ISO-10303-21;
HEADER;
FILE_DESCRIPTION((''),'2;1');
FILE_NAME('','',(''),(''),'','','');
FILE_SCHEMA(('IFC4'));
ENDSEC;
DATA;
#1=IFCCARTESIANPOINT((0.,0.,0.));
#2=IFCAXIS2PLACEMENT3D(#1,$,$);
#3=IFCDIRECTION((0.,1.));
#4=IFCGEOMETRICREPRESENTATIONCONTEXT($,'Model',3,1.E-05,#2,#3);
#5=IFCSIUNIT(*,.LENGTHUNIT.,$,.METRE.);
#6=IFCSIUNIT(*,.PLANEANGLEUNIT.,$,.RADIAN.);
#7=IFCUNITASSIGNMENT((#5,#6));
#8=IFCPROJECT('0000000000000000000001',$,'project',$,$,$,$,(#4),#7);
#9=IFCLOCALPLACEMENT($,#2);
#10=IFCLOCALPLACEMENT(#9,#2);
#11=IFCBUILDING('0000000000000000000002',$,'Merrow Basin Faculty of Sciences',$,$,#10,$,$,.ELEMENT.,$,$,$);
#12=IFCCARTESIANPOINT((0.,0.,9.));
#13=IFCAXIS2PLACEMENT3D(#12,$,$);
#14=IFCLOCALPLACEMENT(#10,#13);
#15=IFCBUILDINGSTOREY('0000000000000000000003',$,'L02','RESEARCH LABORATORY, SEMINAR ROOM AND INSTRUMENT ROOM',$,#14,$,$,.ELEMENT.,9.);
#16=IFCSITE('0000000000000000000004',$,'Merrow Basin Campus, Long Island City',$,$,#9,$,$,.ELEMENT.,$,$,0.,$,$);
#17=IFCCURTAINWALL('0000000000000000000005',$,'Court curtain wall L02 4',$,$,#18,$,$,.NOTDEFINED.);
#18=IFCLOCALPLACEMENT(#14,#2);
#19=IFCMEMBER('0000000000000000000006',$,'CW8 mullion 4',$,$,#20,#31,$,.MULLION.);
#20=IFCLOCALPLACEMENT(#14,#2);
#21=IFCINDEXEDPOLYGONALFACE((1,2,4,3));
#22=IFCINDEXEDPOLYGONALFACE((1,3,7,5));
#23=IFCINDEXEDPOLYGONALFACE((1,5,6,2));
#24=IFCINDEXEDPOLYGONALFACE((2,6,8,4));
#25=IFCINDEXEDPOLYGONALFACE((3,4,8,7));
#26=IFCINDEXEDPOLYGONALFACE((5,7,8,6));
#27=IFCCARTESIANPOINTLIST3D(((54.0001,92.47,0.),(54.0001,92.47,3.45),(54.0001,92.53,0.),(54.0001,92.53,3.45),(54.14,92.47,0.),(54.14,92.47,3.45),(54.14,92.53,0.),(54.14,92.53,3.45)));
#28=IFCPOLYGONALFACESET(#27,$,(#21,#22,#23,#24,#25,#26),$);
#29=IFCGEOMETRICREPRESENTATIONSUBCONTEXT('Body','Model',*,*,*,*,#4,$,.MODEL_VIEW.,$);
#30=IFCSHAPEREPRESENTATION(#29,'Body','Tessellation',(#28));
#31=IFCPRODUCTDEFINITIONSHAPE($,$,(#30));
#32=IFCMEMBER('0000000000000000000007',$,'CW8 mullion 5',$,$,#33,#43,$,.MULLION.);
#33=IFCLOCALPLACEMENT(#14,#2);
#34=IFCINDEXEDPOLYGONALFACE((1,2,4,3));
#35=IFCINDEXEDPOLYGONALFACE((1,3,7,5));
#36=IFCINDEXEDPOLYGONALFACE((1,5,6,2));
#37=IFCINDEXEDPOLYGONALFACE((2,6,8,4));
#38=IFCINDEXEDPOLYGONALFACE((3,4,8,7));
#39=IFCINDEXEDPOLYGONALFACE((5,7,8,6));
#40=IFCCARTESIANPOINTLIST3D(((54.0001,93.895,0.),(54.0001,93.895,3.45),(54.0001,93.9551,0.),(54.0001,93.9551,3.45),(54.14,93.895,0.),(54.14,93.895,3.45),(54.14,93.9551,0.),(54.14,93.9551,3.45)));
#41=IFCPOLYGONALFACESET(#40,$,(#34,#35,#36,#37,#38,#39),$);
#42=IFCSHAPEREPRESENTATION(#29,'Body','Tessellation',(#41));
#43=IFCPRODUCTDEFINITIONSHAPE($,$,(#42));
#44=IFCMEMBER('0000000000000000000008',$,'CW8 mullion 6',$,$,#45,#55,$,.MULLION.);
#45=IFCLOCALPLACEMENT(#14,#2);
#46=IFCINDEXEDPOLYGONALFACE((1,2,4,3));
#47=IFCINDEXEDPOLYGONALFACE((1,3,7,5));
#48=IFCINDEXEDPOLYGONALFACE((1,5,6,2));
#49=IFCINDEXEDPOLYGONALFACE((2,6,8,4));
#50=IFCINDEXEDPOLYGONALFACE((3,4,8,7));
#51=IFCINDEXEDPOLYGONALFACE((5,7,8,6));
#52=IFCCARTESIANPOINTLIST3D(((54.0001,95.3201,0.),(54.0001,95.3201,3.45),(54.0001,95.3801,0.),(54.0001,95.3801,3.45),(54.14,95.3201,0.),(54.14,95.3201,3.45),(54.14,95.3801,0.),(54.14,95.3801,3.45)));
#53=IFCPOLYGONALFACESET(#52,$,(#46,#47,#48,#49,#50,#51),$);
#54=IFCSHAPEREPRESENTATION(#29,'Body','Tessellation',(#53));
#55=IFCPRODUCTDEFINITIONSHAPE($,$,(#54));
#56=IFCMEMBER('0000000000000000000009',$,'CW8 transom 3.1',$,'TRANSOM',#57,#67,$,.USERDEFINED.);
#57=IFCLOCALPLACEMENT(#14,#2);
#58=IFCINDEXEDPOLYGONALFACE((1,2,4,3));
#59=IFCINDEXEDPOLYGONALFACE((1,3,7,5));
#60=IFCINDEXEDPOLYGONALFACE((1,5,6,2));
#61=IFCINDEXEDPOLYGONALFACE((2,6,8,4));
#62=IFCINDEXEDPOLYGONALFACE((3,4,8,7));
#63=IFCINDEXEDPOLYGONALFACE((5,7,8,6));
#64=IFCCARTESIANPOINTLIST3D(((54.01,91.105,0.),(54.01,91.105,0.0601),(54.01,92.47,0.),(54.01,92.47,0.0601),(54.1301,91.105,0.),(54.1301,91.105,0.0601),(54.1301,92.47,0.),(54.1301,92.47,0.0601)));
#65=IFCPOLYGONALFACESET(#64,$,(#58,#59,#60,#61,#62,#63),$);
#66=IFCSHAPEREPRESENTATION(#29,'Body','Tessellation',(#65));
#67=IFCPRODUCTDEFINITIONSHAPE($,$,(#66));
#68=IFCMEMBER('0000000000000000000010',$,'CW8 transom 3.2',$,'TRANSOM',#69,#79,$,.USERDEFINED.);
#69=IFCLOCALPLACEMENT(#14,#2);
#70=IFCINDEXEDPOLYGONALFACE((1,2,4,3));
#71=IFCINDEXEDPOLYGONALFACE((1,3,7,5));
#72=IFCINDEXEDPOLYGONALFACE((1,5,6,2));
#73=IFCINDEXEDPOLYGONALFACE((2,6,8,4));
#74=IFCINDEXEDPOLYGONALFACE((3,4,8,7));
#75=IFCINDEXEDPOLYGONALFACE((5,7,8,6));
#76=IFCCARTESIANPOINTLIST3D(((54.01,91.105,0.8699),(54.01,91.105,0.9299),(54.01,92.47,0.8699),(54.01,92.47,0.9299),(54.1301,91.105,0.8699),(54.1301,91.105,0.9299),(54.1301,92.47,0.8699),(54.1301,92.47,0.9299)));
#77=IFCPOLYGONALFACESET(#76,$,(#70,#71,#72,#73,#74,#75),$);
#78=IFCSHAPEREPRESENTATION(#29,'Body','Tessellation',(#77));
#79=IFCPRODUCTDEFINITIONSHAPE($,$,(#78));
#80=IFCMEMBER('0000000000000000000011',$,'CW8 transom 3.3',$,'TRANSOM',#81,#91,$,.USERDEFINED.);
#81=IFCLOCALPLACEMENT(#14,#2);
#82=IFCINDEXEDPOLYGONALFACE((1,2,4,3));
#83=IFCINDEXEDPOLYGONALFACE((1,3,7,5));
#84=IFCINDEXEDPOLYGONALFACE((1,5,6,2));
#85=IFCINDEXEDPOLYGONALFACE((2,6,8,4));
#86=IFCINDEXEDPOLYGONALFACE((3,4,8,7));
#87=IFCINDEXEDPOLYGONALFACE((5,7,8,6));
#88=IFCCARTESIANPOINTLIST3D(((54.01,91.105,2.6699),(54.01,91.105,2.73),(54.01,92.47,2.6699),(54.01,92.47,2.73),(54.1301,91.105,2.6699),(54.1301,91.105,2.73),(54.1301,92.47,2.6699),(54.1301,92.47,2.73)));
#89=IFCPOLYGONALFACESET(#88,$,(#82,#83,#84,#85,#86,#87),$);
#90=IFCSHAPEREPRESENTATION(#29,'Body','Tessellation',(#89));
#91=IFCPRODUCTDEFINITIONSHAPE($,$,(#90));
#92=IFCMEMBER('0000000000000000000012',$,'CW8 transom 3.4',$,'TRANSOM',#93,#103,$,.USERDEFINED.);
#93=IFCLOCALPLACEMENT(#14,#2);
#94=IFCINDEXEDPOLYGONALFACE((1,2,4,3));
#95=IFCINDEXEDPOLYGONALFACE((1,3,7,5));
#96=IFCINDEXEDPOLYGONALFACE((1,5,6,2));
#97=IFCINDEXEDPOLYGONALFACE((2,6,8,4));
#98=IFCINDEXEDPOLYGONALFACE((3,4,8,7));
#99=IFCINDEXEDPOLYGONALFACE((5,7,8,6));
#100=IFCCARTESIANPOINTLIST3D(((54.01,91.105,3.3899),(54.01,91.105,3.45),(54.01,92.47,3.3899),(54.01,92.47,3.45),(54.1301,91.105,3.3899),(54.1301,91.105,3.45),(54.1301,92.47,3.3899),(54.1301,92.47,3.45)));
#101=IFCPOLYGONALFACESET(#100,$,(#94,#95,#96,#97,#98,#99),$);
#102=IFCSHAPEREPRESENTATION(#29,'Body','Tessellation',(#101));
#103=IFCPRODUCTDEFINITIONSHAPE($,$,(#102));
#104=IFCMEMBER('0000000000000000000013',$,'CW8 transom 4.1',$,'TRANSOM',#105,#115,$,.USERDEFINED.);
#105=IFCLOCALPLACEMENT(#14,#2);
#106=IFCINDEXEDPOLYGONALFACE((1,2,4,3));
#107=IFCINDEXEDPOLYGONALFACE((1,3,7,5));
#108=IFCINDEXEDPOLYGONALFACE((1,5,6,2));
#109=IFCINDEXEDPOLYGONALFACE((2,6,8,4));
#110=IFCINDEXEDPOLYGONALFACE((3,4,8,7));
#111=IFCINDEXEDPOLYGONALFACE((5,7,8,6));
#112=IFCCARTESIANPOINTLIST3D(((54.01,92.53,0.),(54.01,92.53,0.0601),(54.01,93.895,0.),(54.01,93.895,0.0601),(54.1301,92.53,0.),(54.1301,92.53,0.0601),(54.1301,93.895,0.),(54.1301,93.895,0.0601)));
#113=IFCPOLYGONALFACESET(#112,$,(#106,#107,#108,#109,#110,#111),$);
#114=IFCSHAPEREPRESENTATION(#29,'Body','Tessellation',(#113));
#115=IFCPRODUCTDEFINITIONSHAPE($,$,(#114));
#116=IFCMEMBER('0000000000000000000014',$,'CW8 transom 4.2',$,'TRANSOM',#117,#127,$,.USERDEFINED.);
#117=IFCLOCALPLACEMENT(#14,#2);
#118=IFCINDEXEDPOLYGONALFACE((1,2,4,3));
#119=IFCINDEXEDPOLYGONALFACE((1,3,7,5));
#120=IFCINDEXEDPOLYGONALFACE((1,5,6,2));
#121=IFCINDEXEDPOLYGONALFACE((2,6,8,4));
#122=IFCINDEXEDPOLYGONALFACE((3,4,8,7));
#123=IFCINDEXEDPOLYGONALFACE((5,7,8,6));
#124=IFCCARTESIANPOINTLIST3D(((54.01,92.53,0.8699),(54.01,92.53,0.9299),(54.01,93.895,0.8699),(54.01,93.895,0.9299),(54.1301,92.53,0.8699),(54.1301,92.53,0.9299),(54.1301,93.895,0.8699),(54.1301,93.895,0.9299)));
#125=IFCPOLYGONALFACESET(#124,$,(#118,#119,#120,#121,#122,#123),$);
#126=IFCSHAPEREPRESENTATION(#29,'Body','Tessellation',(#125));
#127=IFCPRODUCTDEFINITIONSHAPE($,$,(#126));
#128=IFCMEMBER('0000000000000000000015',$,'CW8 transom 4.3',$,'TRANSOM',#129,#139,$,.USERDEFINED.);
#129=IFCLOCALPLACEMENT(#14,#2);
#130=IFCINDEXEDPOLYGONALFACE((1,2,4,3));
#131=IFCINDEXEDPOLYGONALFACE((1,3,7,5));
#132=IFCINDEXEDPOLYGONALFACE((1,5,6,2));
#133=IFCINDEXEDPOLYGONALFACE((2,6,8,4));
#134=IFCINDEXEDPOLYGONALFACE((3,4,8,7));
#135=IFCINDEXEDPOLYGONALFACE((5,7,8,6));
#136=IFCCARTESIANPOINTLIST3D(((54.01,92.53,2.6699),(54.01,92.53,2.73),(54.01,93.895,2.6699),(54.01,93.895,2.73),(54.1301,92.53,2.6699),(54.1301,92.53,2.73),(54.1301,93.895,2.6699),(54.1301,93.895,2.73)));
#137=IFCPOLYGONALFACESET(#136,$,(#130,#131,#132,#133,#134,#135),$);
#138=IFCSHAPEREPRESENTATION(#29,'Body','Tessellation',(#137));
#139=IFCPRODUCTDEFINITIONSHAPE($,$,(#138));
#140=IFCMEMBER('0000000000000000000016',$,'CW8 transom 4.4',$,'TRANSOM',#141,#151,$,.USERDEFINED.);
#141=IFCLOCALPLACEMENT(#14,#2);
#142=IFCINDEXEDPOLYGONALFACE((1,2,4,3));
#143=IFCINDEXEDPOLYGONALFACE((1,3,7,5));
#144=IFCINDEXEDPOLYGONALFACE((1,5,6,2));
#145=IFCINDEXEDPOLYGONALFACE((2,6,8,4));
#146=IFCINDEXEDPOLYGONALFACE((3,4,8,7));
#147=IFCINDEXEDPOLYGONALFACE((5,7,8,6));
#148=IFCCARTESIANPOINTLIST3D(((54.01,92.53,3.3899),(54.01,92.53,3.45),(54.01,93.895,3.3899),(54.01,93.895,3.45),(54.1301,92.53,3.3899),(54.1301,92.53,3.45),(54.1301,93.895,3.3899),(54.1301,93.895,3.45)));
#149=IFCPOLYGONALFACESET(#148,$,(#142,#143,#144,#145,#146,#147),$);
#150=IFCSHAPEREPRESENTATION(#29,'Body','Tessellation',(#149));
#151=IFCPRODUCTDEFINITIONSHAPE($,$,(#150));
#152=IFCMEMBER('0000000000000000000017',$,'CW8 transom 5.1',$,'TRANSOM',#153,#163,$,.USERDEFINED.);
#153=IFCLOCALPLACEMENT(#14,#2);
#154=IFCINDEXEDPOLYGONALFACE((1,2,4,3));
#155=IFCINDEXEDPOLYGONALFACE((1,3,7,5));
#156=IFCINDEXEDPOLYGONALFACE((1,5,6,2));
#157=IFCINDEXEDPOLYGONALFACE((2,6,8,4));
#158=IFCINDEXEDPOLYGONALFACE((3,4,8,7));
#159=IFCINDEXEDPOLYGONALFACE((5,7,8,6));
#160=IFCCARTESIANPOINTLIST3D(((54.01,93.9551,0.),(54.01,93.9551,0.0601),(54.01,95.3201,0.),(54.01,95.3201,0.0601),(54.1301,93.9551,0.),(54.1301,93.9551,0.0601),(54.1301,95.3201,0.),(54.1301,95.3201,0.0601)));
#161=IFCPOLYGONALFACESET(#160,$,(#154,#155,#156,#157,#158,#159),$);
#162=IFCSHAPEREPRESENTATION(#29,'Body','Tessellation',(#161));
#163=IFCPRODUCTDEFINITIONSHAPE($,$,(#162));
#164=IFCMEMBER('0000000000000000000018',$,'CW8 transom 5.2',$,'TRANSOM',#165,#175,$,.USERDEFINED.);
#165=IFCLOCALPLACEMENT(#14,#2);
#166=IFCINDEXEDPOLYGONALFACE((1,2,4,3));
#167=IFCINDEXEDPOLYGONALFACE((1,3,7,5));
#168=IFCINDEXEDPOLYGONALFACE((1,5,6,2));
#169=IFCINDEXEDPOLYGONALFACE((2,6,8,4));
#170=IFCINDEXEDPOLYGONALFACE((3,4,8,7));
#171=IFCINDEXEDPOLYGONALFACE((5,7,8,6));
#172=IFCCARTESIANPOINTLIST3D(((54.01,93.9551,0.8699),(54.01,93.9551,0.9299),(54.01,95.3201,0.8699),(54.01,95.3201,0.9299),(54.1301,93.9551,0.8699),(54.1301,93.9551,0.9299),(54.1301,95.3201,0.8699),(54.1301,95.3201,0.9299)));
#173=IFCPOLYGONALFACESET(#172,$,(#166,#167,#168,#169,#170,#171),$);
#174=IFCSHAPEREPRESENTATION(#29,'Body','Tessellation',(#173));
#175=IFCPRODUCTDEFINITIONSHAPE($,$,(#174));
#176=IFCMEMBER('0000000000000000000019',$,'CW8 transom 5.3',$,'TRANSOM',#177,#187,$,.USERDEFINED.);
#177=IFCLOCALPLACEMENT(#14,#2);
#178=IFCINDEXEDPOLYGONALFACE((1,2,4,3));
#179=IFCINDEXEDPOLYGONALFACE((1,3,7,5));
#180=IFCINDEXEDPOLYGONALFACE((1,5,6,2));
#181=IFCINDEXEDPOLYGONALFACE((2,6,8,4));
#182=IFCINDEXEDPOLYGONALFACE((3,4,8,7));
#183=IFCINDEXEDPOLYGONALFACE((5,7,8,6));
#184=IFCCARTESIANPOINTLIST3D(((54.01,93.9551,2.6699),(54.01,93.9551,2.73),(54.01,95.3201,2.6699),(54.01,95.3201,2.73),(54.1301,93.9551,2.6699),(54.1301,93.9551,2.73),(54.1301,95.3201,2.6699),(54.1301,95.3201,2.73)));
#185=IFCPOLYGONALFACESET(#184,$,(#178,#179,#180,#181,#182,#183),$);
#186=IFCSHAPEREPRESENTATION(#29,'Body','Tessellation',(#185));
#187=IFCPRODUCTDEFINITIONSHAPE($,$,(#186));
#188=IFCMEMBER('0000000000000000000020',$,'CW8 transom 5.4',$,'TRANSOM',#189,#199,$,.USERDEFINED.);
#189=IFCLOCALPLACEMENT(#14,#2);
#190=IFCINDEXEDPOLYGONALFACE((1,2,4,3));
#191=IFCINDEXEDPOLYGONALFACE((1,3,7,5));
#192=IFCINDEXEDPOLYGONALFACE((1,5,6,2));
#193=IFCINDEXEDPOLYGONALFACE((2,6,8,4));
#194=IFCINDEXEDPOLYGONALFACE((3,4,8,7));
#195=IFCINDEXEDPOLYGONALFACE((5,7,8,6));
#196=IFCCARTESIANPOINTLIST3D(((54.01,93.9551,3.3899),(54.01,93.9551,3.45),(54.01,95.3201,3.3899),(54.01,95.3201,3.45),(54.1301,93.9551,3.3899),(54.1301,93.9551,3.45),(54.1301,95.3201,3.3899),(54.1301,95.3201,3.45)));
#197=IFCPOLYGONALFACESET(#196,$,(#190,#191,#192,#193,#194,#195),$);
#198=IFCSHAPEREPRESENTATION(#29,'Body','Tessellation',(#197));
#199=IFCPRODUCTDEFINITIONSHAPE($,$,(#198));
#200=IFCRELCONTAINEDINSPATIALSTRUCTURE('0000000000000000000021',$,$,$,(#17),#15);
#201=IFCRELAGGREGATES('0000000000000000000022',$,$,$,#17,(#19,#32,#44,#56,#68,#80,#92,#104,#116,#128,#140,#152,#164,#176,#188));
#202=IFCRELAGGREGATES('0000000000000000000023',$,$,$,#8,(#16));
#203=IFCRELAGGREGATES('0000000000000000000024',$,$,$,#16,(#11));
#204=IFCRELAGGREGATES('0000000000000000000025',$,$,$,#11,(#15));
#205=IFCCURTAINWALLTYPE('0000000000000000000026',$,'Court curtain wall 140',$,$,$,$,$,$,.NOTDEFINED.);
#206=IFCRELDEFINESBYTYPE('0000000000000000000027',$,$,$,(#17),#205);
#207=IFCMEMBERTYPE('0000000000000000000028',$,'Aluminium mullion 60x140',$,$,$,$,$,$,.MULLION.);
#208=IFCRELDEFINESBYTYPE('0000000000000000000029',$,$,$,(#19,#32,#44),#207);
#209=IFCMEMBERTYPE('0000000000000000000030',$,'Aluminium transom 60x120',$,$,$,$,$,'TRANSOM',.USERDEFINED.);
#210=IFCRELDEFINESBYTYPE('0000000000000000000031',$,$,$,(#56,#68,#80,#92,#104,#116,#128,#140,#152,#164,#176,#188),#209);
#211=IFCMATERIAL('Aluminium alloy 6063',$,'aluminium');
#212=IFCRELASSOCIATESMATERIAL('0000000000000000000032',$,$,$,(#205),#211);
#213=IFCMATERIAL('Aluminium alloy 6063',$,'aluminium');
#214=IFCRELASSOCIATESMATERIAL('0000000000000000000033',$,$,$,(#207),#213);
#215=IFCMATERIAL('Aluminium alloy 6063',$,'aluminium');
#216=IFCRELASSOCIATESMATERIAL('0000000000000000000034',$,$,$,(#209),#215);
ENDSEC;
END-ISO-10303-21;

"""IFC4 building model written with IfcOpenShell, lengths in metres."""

from ifc_helpers import new_model, si_unit, direction, frame, origin, origin_2d, place, context, subcontext, project, spatial, rectangle, extrude, material, material_profile, profile_set, type_object, element, aggregate, save


model = new_model("IFC4")

# Units and contexts
model_context = context("Model", 3, precision=1e-05, world=origin(), true_north=direction((0.0, 1.0)))
body_context = subcontext(model_context, "Body", "Model", "MODEL_VIEW")
ifc_project = project(units=[si_unit("LENGTHUNIT", "METRE"), si_unit("PLANEANGLEUNIT", "RADIAN")], contexts=[model_context])

# Site, building, storey
site_placement = place(None, origin())
site = spatial("IfcSite", under=ifc_project, at=site_placement, Name="Merrow Basin Campus, Long Island City", CompositionType="ELEMENT", RefElevation=0.0)
building_placement = place(site_placement, origin())
building = spatial("IfcBuilding", under=site, at=building_placement, Name="Merrow Basin Faculty of Sciences", CompositionType="ELEMENT")
storey_placement = place(building_placement, frame((0.0, 0.0, 9.0)))
storey = spatial("IfcBuildingStorey", under=building, at=storey_placement, Name="L02", Description="RESEARCH LABORATORY, SEMINAR ROOM AND INSTRUMENT ROOM", CompositionType="ELEMENT", Elevation=9.0)

# Curtain wall, members
ifc_material_1 = material(Name="Aluminium alloy 6063", Category="aluminium")
curtain_wall_type = type_object("IfcCurtainWallType", Name="Court curtain wall 140", PredefinedType="NOTDEFINED", material=ifc_material_1)
curtain_wall_placement = place(storey_placement, origin())
curtain_wall = element("IfcCurtainWall", 1, at=curtain_wall_placement, inside=storey, type_object=curtain_wall_type, Name="Court curtain wall L02 4", PredefinedType="NOTDEFINED")
ifc_material_2 = material(Name="Aluminium alloy 6063", Category="aluminium")
ifc_material_profile_1 = material_profile(ifc_material_2, rectangle(XDim=0.1399, YDim=0.0601, at=origin_2d()))
ifc_profile_set_1 = profile_set([ifc_material_profile_1], Name="Aluminium alloy 6063")
member_type_1 = type_object("IfcMemberType", Name="Aluminium mullion 60x140", PredefinedType="MULLION", material=ifc_profile_set_1)
member_1_placement = place(storey_placement, frame((54.0701, 92.5, 0.0), z_axis=(0.0, 0.0, 1.0), x_axis=(-1.0, 0.0, 0.0)))
member_1 = element("IfcMember", 2, at=member_1_placement, type_object=member_type_1, Name="CW8 mullion 4", PredefinedType="MULLION", context=body_context, shape_type="SweptSolid", body=[
    extrude(rectangle(XDim=0.1399, YDim=0.0601, at=origin_2d()), origin(), (0.0, 0.0, 1.0), 3.45),
])
member_2_placement = place(storey_placement, frame((54.0701, 93.925, 0.0), z_axis=(0.0, 0.0, 1.0), x_axis=(-1.0, 0.0, 0.0)))
member_2 = element("IfcMember", 3, at=member_2_placement, type_object=member_type_1, Name="CW8 mullion 5", PredefinedType="MULLION", context=body_context, shape_type="SweptSolid", body=[
    extrude(rectangle(XDim=0.1399, YDim=0.0601, at=origin_2d()), origin(), (0.0, 0.0, 1.0), 3.45),
])
member_3_placement = place(storey_placement, frame((54.0701, 95.3501, 0.0), z_axis=(0.0, 0.0, 1.0), x_axis=(-1.0, 0.0, 0.0)))
member_3 = element("IfcMember", 4, at=member_3_placement, type_object=member_type_1, Name="CW8 mullion 6", PredefinedType="MULLION", context=body_context, shape_type="SweptSolid", body=[
    extrude(rectangle(XDim=0.1399, YDim=0.0601, at=origin_2d()), origin(), (0.0, 0.0, 1.0), 3.45),
])
ifc_material_3 = material(Name="Aluminium alloy 6063", Category="aluminium")
ifc_material_profile_2 = material_profile(ifc_material_3, rectangle(XDim=0.1201, YDim=0.0601, at=origin_2d()))
ifc_profile_set_2 = profile_set([ifc_material_profile_2], Name="Aluminium alloy 6063")
member_type_2 = type_object("IfcMemberType", Name="Aluminium transom 60x120", ElementType="TRANSOM", PredefinedType="USERDEFINED", material=ifc_profile_set_2)
member_4_placement = place(storey_placement, frame((54.0701, 91.105, 0.03), z_axis=(0.0, 1.0, 0.0), x_axis=(-1.0, 0.0, 0.0)))
member_4 = element("IfcMember", 5, at=member_4_placement, type_object=member_type_2, Name="CW8 transom 3.1", ObjectType="TRANSOM", PredefinedType="USERDEFINED", context=body_context, shape_type="SweptSolid", body=[
    extrude(rectangle(XDim=0.1201, YDim=0.0601, at=origin_2d()), origin(), (0.0, 0.0, 1.0), 1.365),
])
member_5_placement = place(storey_placement, frame((54.0701, 91.105, 0.8999), z_axis=(0.0, 1.0, 0.0), x_axis=(-1.0, 0.0, 0.0)))
member_5 = element("IfcMember", 6, at=member_5_placement, type_object=member_type_2, Name="CW8 transom 3.2", ObjectType="TRANSOM", PredefinedType="USERDEFINED", context=body_context, shape_type="SweptSolid", body=[
    extrude(rectangle(XDim=0.1201, YDim=0.0601, at=origin_2d()), origin(), (0.0, 0.0, 1.0), 1.365),
])
member_6_placement = place(storey_placement, frame((54.0701, 91.105, 2.7), z_axis=(0.0, 1.0, 0.0), x_axis=(-1.0, 0.0, 0.0)))
member_6 = element("IfcMember", 7, at=member_6_placement, type_object=member_type_2, Name="CW8 transom 3.3", ObjectType="TRANSOM", PredefinedType="USERDEFINED", context=body_context, shape_type="SweptSolid", body=[
    extrude(rectangle(XDim=0.1201, YDim=0.0601, at=origin_2d()), origin(), (0.0, 0.0, 1.0), 1.365),
])
member_7_placement = place(storey_placement, frame((54.0701, 91.105, 3.4199), z_axis=(0.0, 1.0, 0.0), x_axis=(-1.0, 0.0, 0.0)))
member_7 = element("IfcMember", 8, at=member_7_placement, type_object=member_type_2, Name="CW8 transom 3.4", ObjectType="TRANSOM", PredefinedType="USERDEFINED", context=body_context, shape_type="SweptSolid", body=[
    extrude(rectangle(XDim=0.1201, YDim=0.0601, at=origin_2d()), origin(), (0.0, 0.0, 1.0), 1.365),
])
member_8_placement = place(storey_placement, frame((54.0701, 92.53, 0.03), z_axis=(0.0, 1.0, 0.0), x_axis=(-1.0, 0.0, 0.0)))
member_8 = element("IfcMember", 9, at=member_8_placement, type_object=member_type_2, Name="CW8 transom 4.1", ObjectType="TRANSOM", PredefinedType="USERDEFINED", context=body_context, shape_type="SweptSolid", body=[
    extrude(rectangle(XDim=0.1201, YDim=0.0601, at=origin_2d()), origin(), (0.0, 0.0, 1.0), 1.365),
])
member_9_placement = place(storey_placement, frame((54.0701, 92.53, 0.8999), z_axis=(0.0, 1.0, 0.0), x_axis=(-1.0, 0.0, 0.0)))
member_9 = element("IfcMember", 10, at=member_9_placement, type_object=member_type_2, Name="CW8 transom 4.2", ObjectType="TRANSOM", PredefinedType="USERDEFINED", context=body_context, shape_type="SweptSolid", body=[
    extrude(rectangle(XDim=0.1201, YDim=0.0601, at=origin_2d()), origin(), (0.0, 0.0, 1.0), 1.365),
])
member_10_placement = place(storey_placement, frame((54.0701, 92.53, 2.7), z_axis=(0.0, 1.0, 0.0), x_axis=(-1.0, 0.0, 0.0)))
member_10 = element("IfcMember", 11, at=member_10_placement, type_object=member_type_2, Name="CW8 transom 4.3", ObjectType="TRANSOM", PredefinedType="USERDEFINED", context=body_context, shape_type="SweptSolid", body=[
    extrude(rectangle(XDim=0.1201, YDim=0.0601, at=origin_2d()), origin(), (0.0, 0.0, 1.0), 1.365),
])
member_11_placement = place(storey_placement, frame((54.0701, 92.53, 3.4199), z_axis=(0.0, 1.0, 0.0), x_axis=(-1.0, 0.0, 0.0)))
member_11 = element("IfcMember", 12, at=member_11_placement, type_object=member_type_2, Name="CW8 transom 4.4", ObjectType="TRANSOM", PredefinedType="USERDEFINED", context=body_context, shape_type="SweptSolid", body=[
    extrude(rectangle(XDim=0.1201, YDim=0.0601, at=origin_2d()), origin(), (0.0, 0.0, 1.0), 1.365),
])
member_12_placement = place(storey_placement, frame((54.0701, 93.9551, 0.03), z_axis=(0.0, 1.0, 0.0), x_axis=(-1.0, 0.0, 0.0)))
member_12 = element("IfcMember", 13, at=member_12_placement, type_object=member_type_2, Name="CW8 transom 5.1", ObjectType="TRANSOM", PredefinedType="USERDEFINED", context=body_context, shape_type="SweptSolid", body=[
    extrude(rectangle(XDim=0.1201, YDim=0.0601, at=origin_2d()), origin(), (0.0, 0.0, 1.0), 1.365),
])
member_13_placement = place(storey_placement, frame((54.0701, 93.9551, 0.8999), z_axis=(0.0, 1.0, 0.0), x_axis=(-1.0, 0.0, 0.0)))
member_13 = element("IfcMember", 14, at=member_13_placement, type_object=member_type_2, Name="CW8 transom 5.2", ObjectType="TRANSOM", PredefinedType="USERDEFINED", context=body_context, shape_type="SweptSolid", body=[
    extrude(rectangle(XDim=0.1201, YDim=0.0601, at=origin_2d()), origin(), (0.0, 0.0, 1.0), 1.365),
])
member_14_placement = place(storey_placement, frame((54.0701, 93.9551, 2.7), z_axis=(0.0, 1.0, 0.0), x_axis=(-1.0, 0.0, 0.0)))
member_14 = element("IfcMember", 15, at=member_14_placement, type_object=member_type_2, Name="CW8 transom 5.3", ObjectType="TRANSOM", PredefinedType="USERDEFINED", context=body_context, shape_type="SweptSolid", body=[
    extrude(rectangle(XDim=0.1201, YDim=0.0601, at=origin_2d()), origin(), (0.0, 0.0, 1.0), 1.365),
])
member_15_placement = place(storey_placement, frame((54.0701, 93.9551, 3.4199), z_axis=(0.0, 1.0, 0.0), x_axis=(-1.0, 0.0, 0.0)))
member_15 = element("IfcMember", 16, at=member_15_placement, type_object=member_type_2, Name="CW8 transom 5.4", ObjectType="TRANSOM", PredefinedType="USERDEFINED", context=body_context, shape_type="SweptSolid", body=[
    extrude(rectangle(XDim=0.1201, YDim=0.0601, at=origin_2d()), origin(), (0.0, 0.0, 1.0), 1.365),
])
aggregate(curtain_wall, [member_1, member_2, member_3, member_4, member_5, member_6, member_7, member_8, member_9, member_10, member_11, member_12, member_13, member_14, member_15])

save(model, "model.ifc")
